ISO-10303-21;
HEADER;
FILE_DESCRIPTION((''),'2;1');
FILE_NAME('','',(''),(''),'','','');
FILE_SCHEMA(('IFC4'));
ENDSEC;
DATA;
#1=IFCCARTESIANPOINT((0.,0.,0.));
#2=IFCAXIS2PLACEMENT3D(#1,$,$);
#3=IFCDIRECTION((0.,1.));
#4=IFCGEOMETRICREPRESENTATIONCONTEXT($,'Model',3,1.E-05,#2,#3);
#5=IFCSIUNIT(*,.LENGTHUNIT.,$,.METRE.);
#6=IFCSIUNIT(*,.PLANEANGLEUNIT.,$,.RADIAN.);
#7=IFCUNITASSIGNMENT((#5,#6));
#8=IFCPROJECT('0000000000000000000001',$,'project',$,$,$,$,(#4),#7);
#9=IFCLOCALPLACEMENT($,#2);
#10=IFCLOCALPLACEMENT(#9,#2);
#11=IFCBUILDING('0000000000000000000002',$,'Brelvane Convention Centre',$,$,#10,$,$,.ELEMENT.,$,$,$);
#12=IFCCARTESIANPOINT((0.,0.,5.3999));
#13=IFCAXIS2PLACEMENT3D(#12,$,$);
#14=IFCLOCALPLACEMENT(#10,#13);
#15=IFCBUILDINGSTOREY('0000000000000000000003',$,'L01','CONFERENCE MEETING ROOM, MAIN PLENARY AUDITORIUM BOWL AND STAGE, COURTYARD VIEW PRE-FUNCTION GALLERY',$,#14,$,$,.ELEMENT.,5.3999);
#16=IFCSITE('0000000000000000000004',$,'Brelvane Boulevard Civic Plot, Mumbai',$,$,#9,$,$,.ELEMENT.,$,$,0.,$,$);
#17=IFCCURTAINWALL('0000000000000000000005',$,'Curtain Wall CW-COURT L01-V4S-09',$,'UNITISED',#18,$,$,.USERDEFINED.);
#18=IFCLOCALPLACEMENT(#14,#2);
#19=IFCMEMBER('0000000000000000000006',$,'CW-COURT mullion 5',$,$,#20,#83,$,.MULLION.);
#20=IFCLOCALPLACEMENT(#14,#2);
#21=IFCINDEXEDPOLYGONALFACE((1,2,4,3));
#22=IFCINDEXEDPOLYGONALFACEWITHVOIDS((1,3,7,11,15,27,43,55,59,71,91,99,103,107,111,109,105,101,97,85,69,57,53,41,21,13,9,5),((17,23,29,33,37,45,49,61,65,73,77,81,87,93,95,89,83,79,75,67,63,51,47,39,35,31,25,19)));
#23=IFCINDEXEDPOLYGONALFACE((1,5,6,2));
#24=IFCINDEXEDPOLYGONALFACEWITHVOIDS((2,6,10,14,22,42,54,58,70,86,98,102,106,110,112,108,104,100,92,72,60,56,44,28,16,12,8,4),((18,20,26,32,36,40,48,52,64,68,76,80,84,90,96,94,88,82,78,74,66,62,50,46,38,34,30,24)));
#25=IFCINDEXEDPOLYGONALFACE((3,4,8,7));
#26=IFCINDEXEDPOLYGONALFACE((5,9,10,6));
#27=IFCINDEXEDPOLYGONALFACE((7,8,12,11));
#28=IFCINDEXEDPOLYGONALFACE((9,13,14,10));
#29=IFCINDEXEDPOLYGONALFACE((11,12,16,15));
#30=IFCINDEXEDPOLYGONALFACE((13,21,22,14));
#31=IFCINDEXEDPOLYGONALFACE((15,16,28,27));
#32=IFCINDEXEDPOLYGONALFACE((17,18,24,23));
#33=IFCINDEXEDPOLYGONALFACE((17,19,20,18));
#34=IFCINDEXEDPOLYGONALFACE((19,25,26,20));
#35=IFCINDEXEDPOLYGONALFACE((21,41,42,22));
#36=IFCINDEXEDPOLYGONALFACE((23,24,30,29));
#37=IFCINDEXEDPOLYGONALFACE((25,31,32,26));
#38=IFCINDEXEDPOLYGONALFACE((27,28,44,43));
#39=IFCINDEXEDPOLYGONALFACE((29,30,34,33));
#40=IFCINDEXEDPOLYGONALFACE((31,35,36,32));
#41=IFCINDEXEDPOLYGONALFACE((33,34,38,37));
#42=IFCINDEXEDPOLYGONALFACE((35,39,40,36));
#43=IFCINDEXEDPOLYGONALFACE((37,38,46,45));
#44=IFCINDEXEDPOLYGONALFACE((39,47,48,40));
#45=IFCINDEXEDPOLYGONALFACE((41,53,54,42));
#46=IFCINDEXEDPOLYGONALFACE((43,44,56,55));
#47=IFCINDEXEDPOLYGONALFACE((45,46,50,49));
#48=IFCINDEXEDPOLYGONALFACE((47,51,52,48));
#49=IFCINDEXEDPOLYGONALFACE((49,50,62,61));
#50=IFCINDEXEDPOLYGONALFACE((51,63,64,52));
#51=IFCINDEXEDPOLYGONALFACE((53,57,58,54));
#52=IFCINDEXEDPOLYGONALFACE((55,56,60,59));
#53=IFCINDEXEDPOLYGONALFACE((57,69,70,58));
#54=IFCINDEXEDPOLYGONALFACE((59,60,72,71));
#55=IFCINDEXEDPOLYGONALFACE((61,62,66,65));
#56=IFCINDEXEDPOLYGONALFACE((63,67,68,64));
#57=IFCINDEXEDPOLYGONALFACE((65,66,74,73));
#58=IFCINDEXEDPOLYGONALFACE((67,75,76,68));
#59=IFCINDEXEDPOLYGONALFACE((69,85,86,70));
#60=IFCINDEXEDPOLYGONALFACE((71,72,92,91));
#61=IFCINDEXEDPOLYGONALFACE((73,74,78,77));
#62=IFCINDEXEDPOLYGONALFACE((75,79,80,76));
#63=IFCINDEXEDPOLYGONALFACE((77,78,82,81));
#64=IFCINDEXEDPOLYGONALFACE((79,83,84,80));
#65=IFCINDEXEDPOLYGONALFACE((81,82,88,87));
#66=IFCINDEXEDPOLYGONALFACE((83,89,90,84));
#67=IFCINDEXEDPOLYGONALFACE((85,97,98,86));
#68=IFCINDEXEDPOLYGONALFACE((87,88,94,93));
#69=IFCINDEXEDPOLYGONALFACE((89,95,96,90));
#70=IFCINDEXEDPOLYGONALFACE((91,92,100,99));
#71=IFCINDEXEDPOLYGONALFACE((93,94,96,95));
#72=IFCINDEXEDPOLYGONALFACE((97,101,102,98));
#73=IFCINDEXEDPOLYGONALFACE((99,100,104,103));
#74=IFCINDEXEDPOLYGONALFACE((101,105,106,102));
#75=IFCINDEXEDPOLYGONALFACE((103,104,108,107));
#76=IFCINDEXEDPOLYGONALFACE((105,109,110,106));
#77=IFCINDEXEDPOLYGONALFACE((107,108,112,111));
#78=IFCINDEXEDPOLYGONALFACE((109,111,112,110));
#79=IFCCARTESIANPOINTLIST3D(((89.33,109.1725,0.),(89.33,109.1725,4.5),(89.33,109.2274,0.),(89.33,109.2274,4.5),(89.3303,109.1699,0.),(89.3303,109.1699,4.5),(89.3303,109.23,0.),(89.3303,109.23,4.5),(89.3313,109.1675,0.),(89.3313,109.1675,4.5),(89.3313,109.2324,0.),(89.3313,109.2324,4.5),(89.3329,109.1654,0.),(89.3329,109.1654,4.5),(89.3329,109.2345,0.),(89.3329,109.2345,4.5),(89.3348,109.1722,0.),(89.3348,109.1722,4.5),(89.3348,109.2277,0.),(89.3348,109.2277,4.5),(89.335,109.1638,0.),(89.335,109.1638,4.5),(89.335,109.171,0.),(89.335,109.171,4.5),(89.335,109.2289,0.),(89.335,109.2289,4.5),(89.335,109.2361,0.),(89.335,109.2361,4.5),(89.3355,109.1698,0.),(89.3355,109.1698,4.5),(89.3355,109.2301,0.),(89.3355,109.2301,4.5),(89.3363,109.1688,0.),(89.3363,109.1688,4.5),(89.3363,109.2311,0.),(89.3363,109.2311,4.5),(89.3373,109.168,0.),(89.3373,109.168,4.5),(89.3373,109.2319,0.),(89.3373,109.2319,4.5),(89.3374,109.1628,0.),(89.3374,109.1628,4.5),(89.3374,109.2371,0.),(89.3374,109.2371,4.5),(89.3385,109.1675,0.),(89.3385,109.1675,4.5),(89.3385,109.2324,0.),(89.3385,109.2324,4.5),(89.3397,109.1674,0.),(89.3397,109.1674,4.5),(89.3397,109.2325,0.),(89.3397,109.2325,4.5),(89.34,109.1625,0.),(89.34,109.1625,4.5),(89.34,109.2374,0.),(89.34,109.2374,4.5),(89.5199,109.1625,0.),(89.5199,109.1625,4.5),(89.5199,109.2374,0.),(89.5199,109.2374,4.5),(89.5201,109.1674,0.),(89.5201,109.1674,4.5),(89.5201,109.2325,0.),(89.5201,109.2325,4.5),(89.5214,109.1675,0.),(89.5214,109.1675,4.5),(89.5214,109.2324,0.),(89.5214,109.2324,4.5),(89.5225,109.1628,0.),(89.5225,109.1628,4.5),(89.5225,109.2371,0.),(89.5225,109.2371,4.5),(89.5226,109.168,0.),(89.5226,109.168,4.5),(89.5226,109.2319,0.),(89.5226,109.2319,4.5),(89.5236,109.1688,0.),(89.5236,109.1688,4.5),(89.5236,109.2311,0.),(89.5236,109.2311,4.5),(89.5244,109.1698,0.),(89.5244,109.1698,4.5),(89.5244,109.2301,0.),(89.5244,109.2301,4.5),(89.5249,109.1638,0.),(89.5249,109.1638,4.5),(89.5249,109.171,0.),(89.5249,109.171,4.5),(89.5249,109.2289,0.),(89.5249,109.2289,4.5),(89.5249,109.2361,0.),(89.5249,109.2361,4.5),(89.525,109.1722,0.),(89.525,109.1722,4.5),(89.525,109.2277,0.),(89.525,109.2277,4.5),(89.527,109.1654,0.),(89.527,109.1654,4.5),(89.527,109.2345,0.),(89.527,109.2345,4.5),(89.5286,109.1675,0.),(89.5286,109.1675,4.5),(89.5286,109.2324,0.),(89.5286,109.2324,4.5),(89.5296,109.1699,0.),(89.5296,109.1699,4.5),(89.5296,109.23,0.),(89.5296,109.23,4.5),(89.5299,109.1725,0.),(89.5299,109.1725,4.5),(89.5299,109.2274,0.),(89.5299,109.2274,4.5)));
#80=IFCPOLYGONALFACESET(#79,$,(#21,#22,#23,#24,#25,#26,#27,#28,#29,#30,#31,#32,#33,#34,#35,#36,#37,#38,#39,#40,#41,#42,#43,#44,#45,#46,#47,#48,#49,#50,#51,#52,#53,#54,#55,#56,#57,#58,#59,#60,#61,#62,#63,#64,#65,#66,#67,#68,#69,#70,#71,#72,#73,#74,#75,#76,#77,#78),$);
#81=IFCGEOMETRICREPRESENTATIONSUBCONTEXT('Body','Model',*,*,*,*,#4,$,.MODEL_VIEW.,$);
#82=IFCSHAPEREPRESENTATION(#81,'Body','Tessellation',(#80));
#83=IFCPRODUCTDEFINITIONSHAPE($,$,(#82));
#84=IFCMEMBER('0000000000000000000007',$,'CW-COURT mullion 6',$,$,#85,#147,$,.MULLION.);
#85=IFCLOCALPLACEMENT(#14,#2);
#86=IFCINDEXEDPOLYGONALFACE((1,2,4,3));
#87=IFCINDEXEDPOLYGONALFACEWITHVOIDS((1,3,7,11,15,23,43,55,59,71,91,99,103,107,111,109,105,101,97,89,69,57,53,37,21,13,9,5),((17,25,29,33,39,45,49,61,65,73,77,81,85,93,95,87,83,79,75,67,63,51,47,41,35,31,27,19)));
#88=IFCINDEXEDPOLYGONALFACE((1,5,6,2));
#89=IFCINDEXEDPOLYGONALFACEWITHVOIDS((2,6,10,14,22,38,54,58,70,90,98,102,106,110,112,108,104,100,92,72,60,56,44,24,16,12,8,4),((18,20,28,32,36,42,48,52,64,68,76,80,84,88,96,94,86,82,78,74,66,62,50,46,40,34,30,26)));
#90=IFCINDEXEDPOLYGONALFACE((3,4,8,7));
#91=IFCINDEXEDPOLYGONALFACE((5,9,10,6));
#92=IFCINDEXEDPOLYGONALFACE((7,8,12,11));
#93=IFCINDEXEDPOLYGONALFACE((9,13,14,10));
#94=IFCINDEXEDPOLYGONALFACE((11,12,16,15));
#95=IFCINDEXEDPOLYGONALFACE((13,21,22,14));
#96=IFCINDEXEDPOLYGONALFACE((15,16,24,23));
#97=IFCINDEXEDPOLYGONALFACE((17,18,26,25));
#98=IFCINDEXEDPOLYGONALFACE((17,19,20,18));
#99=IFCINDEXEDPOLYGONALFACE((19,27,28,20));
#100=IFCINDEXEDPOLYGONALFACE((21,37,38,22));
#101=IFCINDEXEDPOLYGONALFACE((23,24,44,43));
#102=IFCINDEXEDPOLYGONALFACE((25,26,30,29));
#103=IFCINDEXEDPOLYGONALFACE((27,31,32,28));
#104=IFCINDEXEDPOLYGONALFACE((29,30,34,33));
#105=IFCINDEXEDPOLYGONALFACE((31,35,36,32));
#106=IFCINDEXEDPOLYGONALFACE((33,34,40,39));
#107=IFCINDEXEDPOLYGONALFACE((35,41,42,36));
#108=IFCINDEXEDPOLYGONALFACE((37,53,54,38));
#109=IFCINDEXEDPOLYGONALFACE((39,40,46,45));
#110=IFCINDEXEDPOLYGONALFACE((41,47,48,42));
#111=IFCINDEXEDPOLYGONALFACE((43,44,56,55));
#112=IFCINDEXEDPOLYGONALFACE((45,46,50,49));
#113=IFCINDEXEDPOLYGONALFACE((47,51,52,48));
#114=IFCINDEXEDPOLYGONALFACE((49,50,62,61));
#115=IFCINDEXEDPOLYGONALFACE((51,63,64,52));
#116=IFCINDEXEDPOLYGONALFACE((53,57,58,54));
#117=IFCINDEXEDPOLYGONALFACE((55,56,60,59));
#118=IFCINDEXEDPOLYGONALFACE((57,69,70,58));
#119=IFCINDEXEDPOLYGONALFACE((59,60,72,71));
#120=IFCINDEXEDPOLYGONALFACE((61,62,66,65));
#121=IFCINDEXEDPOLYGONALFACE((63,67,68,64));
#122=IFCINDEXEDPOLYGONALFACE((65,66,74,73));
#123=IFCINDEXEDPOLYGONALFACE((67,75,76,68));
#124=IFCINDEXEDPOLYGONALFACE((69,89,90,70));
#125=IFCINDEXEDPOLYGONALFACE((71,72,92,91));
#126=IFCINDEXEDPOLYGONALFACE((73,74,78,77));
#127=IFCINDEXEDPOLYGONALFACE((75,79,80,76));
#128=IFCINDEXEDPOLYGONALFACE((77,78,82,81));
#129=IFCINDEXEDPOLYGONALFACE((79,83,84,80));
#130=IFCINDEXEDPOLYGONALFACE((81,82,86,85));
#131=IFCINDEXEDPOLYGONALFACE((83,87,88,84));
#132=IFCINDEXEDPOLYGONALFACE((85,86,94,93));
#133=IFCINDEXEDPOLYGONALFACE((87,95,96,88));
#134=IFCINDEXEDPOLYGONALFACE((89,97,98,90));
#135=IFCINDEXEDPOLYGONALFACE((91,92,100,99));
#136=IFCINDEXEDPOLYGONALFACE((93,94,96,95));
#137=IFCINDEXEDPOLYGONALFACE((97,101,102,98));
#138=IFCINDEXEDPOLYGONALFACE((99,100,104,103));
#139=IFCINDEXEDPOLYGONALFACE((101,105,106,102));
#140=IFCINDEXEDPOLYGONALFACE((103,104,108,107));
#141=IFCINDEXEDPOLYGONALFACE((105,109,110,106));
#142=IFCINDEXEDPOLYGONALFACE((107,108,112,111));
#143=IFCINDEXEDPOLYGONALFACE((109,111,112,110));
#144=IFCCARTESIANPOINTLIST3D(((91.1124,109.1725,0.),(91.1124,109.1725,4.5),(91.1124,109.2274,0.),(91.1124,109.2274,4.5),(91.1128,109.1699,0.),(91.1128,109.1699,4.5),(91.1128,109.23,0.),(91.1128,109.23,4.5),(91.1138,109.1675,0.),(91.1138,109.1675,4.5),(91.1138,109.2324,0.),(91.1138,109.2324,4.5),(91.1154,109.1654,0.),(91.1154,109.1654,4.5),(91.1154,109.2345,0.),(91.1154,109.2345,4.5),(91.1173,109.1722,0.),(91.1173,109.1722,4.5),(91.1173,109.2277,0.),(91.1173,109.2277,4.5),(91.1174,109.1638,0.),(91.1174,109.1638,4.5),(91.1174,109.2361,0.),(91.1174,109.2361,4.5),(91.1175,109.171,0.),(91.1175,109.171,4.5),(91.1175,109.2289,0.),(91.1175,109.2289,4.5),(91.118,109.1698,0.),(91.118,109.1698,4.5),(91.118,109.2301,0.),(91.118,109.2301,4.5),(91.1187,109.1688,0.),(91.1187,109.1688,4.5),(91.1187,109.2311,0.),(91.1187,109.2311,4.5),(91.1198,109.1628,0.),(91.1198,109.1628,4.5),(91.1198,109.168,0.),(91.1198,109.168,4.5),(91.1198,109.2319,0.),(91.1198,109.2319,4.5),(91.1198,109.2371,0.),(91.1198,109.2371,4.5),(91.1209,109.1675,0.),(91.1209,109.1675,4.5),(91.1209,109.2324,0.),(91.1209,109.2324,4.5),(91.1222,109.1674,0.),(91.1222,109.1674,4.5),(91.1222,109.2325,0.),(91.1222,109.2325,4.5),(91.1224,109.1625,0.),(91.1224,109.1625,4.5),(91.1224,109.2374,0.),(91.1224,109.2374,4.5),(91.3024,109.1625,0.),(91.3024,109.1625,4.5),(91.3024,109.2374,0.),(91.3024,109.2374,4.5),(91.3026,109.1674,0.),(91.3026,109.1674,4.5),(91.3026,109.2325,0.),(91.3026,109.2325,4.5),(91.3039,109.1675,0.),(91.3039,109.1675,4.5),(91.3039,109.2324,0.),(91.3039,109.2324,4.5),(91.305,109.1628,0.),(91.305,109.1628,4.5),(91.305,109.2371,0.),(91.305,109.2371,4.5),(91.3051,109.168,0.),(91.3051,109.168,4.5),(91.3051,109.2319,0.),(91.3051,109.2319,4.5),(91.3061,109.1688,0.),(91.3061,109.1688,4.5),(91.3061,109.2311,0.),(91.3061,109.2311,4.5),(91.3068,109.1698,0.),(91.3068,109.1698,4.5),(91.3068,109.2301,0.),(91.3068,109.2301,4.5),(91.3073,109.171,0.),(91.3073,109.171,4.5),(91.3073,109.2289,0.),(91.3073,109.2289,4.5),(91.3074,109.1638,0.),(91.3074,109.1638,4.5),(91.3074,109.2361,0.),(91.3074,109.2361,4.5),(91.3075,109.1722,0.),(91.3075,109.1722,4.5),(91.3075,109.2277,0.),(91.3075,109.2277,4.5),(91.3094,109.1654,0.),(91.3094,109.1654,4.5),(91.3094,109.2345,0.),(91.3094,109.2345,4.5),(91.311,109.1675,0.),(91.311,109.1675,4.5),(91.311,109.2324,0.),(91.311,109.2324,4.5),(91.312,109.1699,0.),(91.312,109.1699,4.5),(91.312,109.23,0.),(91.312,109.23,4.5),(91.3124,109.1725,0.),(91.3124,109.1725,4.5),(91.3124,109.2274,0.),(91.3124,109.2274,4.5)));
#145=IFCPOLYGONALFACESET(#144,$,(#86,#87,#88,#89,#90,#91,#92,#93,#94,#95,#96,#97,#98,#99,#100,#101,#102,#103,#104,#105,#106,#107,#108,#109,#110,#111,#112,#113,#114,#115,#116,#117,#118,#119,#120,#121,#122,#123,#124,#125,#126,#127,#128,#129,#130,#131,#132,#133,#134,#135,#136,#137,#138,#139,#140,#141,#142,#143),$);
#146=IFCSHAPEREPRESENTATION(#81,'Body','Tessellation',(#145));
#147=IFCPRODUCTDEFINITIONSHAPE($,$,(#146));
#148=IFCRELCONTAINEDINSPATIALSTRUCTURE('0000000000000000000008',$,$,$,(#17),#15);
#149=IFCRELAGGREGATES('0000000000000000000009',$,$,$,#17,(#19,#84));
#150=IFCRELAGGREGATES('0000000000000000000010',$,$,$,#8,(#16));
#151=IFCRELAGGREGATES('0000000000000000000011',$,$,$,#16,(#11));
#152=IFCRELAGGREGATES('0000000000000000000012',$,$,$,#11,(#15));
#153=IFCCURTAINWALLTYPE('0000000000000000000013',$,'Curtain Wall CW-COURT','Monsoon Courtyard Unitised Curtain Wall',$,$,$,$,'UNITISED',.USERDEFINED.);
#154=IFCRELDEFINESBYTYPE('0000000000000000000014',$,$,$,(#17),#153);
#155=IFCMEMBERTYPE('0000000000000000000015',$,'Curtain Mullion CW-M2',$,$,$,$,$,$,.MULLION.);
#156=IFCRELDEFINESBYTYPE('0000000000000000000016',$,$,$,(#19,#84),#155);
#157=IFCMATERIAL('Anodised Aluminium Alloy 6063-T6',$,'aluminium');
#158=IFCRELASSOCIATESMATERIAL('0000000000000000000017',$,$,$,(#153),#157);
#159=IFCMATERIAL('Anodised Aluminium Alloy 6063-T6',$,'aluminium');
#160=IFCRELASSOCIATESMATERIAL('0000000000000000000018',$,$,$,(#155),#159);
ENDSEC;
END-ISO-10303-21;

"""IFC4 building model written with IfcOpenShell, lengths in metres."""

from ifc_helpers import new_model, si_unit, direction, frame, origin, origin_2d, place, context, subcontext, project, spatial, hollow_rectangle, extrude, material, material_profile, profile_set, type_object, element, aggregate, save


model = new_model("IFC4")

# Units and contexts
model_context = context("Model", 3, precision=1e-05, world=origin(), true_north=direction((0.0, 1.0)))
body_context = subcontext(model_context, "Body", "Model", "MODEL_VIEW")
ifc_project = project(units=[si_unit("LENGTHUNIT", "METRE"), si_unit("PLANEANGLEUNIT", "RADIAN")], contexts=[model_context])

# Site, building, storey
site_placement = place(None, origin())
site = spatial("IfcSite", under=ifc_project, at=site_placement, Name="Brelvane Boulevard Civic Plot, Mumbai", CompositionType="ELEMENT", RefElevation=0.0)
building_placement = place(site_placement, origin())
building = spatial("IfcBuilding", under=site, at=building_placement, Name="Brelvane Convention Centre", CompositionType="ELEMENT")
storey_placement = place(building_placement, frame((0.0, 0.0, 5.3999)))
storey = spatial("IfcBuildingStorey", under=building, at=storey_placement, Name="L01", Description="CONFERENCE MEETING ROOM, MAIN PLENARY AUDITORIUM BOWL AND STAGE, COURTYARD VIEW PRE-FUNCTION GALLERY", CompositionType="ELEMENT", Elevation=5.3999)

# Curtain wall, members
ifc_material_1 = material(Name="Anodised Aluminium Alloy 6063-T6", Category="aluminium")
curtain_wall_type = type_object("IfcCurtainWallType", Name="Curtain Wall CW-COURT", Description="Monsoon Courtyard Unitised Curtain Wall", ElementType="UNITISED", PredefinedType="USERDEFINED", material=ifc_material_1)
curtain_wall_placement = place(storey_placement, origin())
curtain_wall = element("IfcCurtainWall", 1, at=curtain_wall_placement, inside=storey, type_object=curtain_wall_type, Name="Curtain Wall CW-COURT L01-V4S-09", ObjectType="UNITISED", PredefinedType="USERDEFINED")
ifc_material_2 = material(Name="Anodised Aluminium Alloy 6063-T6", Category="aluminium")
ifc_material_profile_1 = material_profile(ifc_material_2, hollow_rectangle(XDim=0.075, YDim=0.2, WallThickness=0.0049, InnerFilletRadius=0.0049, OuterFilletRadius=0.01, at=origin_2d()), Name="ALU-M 200x75x5.0")
ifc_profile_set_1 = profile_set([ifc_material_profile_1], Name="Anodised Aluminium Alloy 6063-T6")
member_type_1 = type_object("IfcMemberType", Name="Curtain Mullion CW-M2", PredefinedType="MULLION", material=ifc_profile_set_1)
member_1_placement = place(storey_placement, frame((89.4299, 109.2, 0.0), z_axis=(0.0, 0.0, 1.0), x_axis=(0.0, 1.0, 0.0)))
member_1 = element("IfcMember", 2, at=member_1_placement, type_object=member_type_1, Name="CW-COURT mullion 5", PredefinedType="MULLION", context=body_context, shape_type="SweptSolid", body=[
    extrude(hollow_rectangle(XDim=0.075, YDim=0.2, WallThickness=0.0049, InnerFilletRadius=0.0049, OuterFilletRadius=0.01, at=origin_2d()), origin(), (0.0, 0.0, 1.0), 4.5),
])
member_2_placement = place(storey_placement, frame((91.2124, 109.2, 0.0), z_axis=(0.0, 0.0, 1.0), x_axis=(0.0, 1.0, 0.0)))
member_2 = element("IfcMember", 3, at=member_2_placement, type_object=member_type_1, Name="CW-COURT mullion 6", PredefinedType="MULLION", context=body_context, shape_type="SweptSolid", body=[
    extrude(hollow_rectangle(XDim=0.075, YDim=0.2, WallThickness=0.0049, InnerFilletRadius=0.0049, OuterFilletRadius=0.01, at=origin_2d()), origin(), (0.0, 0.0, 1.0), 4.5),
])

aggregate(curtain_wall, [member_1, member_2])

save(model, "model.ifc")
